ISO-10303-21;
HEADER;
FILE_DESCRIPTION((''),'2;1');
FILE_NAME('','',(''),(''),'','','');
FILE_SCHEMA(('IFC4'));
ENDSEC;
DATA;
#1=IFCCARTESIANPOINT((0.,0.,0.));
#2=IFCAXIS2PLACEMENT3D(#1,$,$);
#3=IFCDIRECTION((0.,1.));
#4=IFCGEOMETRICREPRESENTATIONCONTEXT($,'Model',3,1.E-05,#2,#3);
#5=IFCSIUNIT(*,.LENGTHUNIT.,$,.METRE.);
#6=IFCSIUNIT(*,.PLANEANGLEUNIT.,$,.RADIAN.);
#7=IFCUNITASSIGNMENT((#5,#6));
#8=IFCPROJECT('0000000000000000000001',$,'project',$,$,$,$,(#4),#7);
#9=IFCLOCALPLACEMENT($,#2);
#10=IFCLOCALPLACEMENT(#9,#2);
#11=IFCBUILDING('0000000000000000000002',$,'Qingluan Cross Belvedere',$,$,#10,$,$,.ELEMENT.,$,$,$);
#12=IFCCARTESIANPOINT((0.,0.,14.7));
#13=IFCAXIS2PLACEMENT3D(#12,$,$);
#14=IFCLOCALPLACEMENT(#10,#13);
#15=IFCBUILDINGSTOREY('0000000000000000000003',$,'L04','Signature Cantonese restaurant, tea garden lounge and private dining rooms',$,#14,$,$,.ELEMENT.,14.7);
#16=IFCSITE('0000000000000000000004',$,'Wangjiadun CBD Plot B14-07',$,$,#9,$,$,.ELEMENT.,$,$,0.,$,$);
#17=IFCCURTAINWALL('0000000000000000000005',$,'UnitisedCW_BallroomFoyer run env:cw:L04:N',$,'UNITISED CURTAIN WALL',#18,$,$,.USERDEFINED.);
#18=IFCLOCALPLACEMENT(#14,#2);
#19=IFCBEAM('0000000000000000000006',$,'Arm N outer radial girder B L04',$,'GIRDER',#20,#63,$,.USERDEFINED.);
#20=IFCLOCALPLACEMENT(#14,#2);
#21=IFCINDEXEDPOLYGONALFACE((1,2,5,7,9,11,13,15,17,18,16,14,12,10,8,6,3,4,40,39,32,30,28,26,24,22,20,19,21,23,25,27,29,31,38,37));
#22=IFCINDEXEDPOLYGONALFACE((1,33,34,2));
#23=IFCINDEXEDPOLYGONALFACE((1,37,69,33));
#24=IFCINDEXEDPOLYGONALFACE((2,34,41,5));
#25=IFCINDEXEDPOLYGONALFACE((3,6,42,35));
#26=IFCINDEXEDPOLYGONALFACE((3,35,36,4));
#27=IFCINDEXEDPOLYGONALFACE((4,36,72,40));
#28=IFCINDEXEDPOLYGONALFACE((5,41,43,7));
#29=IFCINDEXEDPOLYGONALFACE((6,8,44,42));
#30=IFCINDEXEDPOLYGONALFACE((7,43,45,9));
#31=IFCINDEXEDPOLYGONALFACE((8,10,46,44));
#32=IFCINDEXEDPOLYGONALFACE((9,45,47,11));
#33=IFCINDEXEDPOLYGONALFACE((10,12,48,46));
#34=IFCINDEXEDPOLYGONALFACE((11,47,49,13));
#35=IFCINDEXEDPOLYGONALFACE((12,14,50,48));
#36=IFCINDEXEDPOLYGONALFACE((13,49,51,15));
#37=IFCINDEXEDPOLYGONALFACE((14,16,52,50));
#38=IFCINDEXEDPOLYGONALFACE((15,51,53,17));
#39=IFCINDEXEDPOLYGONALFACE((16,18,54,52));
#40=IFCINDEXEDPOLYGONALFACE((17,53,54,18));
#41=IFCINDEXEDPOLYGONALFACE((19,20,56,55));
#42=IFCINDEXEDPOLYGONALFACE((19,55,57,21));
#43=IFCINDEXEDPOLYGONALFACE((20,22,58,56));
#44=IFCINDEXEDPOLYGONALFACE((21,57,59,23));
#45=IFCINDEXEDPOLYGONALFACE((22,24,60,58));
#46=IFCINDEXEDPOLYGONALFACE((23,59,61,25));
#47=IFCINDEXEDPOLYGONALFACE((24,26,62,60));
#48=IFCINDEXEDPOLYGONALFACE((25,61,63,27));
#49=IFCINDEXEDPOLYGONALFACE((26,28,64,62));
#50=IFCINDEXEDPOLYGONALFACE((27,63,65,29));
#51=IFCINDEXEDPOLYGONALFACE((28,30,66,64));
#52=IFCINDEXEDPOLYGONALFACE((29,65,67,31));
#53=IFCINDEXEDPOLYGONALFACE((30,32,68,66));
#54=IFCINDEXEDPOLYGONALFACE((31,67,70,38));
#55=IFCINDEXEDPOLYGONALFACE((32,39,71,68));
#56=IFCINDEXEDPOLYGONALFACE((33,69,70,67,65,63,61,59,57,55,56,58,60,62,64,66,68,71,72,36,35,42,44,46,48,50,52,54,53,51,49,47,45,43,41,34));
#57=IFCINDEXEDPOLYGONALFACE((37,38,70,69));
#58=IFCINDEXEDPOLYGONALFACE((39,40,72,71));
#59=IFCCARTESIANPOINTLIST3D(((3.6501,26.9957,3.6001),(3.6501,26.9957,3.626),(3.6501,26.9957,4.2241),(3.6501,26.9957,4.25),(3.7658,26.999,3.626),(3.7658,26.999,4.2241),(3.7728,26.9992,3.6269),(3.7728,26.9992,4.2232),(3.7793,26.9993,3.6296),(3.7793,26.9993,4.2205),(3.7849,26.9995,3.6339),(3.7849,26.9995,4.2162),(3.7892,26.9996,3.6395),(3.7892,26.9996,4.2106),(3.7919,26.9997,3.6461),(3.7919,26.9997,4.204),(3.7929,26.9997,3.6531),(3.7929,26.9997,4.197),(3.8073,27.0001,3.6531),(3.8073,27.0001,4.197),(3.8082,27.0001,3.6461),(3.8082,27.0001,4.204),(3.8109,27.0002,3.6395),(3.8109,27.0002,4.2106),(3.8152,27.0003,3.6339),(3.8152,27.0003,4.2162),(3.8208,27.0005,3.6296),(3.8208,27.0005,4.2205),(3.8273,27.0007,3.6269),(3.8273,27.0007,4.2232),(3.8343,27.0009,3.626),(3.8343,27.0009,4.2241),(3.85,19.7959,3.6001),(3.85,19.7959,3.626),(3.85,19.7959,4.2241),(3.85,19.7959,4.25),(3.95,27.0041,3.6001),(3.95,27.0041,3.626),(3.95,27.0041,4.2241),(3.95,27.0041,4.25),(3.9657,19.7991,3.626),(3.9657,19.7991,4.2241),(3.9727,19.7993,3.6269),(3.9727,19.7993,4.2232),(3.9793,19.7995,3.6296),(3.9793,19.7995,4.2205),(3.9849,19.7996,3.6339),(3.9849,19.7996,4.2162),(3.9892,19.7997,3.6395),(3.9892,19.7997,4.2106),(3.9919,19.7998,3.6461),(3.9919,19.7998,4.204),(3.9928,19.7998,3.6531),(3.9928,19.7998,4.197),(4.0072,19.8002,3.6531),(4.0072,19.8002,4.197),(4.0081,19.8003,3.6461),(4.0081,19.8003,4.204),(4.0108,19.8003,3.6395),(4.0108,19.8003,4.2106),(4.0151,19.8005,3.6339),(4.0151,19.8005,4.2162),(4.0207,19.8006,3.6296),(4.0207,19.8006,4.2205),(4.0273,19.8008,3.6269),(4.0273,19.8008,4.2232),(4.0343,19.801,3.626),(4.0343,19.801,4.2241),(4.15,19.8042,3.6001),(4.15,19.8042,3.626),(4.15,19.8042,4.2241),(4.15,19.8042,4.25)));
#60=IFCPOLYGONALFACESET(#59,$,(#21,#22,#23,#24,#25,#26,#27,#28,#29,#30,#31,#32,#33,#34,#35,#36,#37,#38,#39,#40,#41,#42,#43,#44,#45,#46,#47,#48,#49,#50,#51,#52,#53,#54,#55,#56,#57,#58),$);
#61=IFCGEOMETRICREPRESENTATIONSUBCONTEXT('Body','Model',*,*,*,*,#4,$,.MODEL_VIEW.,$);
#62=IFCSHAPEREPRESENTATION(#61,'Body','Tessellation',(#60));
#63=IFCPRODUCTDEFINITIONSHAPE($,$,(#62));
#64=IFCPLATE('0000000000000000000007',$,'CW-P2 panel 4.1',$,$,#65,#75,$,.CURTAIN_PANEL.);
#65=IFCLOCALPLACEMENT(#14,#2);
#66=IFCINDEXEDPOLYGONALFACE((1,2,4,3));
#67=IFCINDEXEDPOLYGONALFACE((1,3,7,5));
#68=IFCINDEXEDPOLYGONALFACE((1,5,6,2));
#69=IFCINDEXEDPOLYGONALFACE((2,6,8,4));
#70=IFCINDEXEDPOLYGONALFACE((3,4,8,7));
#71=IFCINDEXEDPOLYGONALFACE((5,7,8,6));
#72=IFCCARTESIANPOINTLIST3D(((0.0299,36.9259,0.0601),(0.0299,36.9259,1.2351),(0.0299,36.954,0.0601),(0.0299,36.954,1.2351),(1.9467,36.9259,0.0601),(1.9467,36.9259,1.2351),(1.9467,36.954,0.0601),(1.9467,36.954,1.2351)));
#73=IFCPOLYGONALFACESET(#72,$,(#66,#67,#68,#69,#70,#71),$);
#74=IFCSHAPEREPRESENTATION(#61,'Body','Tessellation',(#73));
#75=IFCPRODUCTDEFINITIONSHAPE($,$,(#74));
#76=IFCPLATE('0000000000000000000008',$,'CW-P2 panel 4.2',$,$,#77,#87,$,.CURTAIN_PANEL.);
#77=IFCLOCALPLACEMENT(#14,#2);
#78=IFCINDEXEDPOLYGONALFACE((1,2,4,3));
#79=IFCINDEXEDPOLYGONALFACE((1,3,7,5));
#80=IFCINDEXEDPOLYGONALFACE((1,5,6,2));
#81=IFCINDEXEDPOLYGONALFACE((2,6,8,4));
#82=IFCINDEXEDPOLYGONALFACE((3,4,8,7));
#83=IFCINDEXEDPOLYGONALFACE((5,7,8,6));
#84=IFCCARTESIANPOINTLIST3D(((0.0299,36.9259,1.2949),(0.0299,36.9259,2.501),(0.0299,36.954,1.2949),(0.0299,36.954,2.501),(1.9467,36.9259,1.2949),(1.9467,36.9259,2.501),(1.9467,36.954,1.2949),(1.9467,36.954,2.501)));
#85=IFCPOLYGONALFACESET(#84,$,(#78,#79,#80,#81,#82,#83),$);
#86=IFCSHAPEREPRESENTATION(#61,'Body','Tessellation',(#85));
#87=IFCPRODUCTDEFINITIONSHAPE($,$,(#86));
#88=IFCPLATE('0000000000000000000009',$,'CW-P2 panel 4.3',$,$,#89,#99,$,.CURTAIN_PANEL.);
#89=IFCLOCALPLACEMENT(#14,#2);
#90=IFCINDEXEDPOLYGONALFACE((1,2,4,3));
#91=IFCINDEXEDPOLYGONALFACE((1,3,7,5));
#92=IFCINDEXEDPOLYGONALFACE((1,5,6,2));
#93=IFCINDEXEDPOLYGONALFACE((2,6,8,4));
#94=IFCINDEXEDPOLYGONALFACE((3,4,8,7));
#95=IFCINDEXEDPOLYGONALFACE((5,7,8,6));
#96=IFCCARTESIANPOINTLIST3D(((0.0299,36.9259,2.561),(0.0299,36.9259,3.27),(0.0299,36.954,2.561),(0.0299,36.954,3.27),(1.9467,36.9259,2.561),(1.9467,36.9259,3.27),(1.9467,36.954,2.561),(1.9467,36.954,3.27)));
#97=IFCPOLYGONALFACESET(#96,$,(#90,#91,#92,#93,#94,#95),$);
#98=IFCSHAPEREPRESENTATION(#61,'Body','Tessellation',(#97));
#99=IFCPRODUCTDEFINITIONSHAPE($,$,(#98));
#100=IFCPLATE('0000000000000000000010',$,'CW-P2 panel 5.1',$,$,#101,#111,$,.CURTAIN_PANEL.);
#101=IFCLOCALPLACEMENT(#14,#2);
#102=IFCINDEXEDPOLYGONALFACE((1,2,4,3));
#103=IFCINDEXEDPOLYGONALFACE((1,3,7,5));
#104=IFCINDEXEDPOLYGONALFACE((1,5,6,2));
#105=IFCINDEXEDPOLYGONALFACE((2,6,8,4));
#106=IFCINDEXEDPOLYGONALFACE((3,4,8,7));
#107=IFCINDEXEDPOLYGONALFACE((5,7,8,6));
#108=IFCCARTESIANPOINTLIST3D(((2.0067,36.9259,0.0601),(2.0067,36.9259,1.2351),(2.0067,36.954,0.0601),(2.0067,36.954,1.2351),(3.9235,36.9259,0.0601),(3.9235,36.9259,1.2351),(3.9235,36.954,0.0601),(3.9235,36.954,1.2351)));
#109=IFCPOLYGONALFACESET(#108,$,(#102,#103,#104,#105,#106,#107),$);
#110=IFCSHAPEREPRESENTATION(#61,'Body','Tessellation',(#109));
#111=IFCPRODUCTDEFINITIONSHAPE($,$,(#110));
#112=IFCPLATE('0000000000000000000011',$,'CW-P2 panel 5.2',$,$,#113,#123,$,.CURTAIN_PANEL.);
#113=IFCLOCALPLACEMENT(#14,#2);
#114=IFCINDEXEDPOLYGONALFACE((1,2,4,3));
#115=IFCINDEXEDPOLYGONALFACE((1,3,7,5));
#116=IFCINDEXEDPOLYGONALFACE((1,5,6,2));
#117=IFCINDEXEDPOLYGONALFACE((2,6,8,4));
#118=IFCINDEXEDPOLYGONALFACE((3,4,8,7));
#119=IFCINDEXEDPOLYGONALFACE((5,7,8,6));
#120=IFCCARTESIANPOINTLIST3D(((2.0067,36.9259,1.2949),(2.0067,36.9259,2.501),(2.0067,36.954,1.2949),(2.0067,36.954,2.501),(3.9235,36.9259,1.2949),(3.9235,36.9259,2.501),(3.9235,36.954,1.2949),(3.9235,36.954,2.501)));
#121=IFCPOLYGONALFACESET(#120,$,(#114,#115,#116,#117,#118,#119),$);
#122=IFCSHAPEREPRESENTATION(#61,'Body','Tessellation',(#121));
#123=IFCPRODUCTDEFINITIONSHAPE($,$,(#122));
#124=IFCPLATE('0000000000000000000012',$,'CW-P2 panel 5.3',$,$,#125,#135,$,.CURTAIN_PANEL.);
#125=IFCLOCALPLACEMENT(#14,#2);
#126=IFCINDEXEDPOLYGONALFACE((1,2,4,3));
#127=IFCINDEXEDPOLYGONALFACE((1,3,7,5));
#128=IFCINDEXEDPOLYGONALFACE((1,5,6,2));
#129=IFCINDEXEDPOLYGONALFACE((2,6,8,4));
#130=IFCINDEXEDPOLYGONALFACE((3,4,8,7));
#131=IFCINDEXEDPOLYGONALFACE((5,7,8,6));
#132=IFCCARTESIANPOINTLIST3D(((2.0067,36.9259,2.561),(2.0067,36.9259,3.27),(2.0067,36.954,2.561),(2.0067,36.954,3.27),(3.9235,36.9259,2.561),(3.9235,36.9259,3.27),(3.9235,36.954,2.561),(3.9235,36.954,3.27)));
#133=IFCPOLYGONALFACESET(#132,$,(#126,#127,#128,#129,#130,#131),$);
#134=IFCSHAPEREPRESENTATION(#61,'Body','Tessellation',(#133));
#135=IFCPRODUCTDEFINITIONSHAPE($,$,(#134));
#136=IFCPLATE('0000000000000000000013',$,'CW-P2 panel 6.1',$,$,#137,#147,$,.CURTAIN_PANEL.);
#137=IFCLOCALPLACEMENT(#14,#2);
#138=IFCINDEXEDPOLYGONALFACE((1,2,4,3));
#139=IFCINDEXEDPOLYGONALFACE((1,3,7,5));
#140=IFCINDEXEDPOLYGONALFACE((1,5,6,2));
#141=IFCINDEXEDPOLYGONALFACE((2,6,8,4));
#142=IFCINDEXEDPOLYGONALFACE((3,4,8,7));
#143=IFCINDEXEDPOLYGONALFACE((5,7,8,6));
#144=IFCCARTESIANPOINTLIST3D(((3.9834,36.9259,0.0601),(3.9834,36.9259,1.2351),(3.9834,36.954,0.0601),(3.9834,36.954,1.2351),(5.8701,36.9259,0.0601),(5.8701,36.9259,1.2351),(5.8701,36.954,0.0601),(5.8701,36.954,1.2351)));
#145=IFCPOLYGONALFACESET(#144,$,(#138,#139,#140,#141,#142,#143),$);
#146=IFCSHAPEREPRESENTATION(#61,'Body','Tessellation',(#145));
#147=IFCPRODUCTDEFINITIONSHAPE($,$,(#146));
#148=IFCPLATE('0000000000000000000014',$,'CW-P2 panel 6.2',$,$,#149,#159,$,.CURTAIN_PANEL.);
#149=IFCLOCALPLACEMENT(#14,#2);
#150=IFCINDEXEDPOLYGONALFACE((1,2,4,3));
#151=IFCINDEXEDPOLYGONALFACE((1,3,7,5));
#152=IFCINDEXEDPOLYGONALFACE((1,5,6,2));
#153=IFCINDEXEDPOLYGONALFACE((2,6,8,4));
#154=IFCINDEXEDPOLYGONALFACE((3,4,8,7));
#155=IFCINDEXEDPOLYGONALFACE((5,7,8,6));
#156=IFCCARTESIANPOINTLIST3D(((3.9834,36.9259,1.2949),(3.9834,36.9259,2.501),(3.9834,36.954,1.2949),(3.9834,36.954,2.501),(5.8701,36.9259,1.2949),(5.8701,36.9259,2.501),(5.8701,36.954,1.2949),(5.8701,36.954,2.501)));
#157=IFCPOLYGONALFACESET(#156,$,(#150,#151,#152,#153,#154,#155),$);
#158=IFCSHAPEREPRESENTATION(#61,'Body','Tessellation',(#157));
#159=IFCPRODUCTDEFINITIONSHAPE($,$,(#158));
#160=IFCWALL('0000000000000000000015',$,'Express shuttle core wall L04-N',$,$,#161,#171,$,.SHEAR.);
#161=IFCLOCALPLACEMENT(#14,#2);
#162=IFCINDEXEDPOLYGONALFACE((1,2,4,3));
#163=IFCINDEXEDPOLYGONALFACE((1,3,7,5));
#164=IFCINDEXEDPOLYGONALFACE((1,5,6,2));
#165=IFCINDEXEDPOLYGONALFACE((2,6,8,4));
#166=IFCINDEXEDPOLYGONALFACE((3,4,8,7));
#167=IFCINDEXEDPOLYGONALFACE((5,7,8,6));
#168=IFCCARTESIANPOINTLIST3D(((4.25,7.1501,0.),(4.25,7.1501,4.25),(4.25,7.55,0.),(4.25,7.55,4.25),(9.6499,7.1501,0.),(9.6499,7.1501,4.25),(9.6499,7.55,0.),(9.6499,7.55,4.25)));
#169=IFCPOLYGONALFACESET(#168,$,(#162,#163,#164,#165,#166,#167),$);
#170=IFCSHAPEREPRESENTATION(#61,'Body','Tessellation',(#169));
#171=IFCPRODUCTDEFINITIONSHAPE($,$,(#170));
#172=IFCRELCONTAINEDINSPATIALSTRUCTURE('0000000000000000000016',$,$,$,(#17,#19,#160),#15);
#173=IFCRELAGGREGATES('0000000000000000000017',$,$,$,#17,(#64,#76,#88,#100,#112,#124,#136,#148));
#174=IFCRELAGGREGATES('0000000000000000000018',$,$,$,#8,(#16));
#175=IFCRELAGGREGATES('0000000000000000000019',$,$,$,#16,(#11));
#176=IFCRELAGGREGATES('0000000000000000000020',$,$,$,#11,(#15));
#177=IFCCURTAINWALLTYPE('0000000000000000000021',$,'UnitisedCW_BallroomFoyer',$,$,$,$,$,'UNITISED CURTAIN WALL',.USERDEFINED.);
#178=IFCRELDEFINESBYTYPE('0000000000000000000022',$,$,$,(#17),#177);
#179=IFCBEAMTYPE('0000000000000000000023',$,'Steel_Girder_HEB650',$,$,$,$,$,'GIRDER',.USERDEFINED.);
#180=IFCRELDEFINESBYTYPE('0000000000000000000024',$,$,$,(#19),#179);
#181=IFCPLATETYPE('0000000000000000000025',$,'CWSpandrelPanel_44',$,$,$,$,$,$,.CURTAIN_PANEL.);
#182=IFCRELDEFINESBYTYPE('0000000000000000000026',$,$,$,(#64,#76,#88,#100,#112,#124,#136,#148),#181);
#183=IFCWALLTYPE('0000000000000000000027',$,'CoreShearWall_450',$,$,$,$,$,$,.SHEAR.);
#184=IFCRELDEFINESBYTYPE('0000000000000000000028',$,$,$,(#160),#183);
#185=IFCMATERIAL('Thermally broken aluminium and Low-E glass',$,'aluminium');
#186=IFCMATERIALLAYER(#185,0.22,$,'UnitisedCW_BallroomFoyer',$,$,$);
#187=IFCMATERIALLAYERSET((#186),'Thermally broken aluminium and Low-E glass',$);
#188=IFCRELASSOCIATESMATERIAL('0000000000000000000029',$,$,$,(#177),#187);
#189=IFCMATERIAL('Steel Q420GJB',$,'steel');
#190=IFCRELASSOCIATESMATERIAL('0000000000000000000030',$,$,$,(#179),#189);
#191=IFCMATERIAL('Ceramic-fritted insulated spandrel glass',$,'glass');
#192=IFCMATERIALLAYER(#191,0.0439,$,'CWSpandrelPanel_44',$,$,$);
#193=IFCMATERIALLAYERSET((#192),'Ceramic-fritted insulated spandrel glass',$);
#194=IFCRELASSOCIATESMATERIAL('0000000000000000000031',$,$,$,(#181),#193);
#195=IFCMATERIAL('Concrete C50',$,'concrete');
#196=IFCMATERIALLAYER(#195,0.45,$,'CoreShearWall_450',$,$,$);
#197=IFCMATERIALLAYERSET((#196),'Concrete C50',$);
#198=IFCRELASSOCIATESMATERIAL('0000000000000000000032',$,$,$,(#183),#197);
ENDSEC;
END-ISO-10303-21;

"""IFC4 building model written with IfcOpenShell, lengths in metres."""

from ifc_helpers import new_model, si_unit, direction, frame, frame_2d, origin, origin_2d, place, context, subcontext, project, spatial, rectangle, i_section, extrude, material, layer, layer_set, material_profile, profile_set, type_object, element, aggregate, save


model = new_model("IFC4")

# Units and contexts
model_context = context("Model", 3, precision=1e-05, world=origin(), true_north=direction((0.0, 1.0)))
body_context = subcontext(model_context, "Body", "Model", "MODEL_VIEW")
ifc_project = project(units=[si_unit("LENGTHUNIT", "METRE"), si_unit("PLANEANGLEUNIT", "RADIAN")], contexts=[model_context])

# Site, building, storey
site_placement = place(None, origin())
site = spatial("IfcSite", under=ifc_project, at=site_placement, Name="Wangjiadun CBD Plot B14-07", CompositionType="ELEMENT", RefElevation=0.0)
building_placement = place(site_placement, origin())
building = spatial("IfcBuilding", under=site, at=building_placement, Name="Qingluan Cross Belvedere", CompositionType="ELEMENT")
storey_placement = place(building_placement, frame((0.0, 0.0, 14.7)))
storey = spatial("IfcBuildingStorey", under=building, at=storey_placement, Name="L04", Description="Signature Cantonese restaurant, tea garden lounge and private dining rooms", CompositionType="ELEMENT", Elevation=14.7)

# Curtain wall
ifc_material_1 = material(Name="Thermally broken aluminium and Low-E glass", Category="aluminium")
ifc_layer_1 = layer(ifc_material_1, 0.22, Name="UnitisedCW_BallroomFoyer")
ifc_layer_set_1 = layer_set([ifc_layer_1], Name="Thermally broken aluminium and Low-E glass")
curtain_wall_type = type_object("IfcCurtainWallType", Name="UnitisedCW_BallroomFoyer", ElementType="UNITISED CURTAIN WALL", PredefinedType="USERDEFINED", material=ifc_layer_set_1)
curtain_wall_placement = place(storey_placement, origin())
curtain_wall = element("IfcCurtainWall", 1, at=curtain_wall_placement, inside=storey, type_object=curtain_wall_type, Name="UnitisedCW_BallroomFoyer run env:cw:L04:N", ObjectType="UNITISED CURTAIN WALL", PredefinedType="USERDEFINED")

# Beam
ifc_material_2 = material(Name="Steel Q420GJB", Category="steel")
ifc_material_profile_1 = material_profile(ifc_material_2, i_section(OverallWidth=0.3, OverallDepth=0.6499, WebThickness=0.0144, FlangeThickness=0.0259, FilletRadius=0.0271, at=origin_2d()), Name="HEB650")
ifc_profile_set_1 = profile_set([ifc_material_profile_1], Name="Steel Q420GJB")
beam_type = type_object("IfcBeamType", Name="Steel_Girder_HEB650", ElementType="GIRDER", PredefinedType="USERDEFINED", material=ifc_profile_set_1)
beam_1_placement = place(storey_placement, frame((4.0, 19.8, 3.925), z_axis=(-0.02776, 0.999615, 0.0), x_axis=(-0.999615, -0.02776, 0.0)))
element("IfcBeam", 2, at=beam_1_placement, inside=storey, type_object=beam_type, Name="Arm N outer radial girder B L04", ObjectType="GIRDER", PredefinedType="USERDEFINED", context=body_context, shape_type="SweptSolid", body=[
    extrude(i_section(OverallWidth=0.3, OverallDepth=0.6499, WebThickness=0.0144, FlangeThickness=0.0259, FilletRadius=0.0271, at=origin_2d()), origin(), (0.0, 0.0, 1.0), 7.2026),
])

# Plates
ifc_material_3 = material(Name="Ceramic-fritted insulated spandrel glass", Category="glass")
ifc_layer_2 = layer(ifc_material_3, 0.0439, Name="CWSpandrelPanel_44")
ifc_layer_set_2 = layer_set([ifc_layer_2], Name="Ceramic-fritted insulated spandrel glass")
plate_type = type_object("IfcPlateType", Name="CWSpandrelPanel_44", PredefinedType="CURTAIN_PANEL", material=ifc_layer_set_2)
plate_1_placement = place(storey_placement, frame((0.9883, 36.9399, 0.0601), z_axis=(0.0, 0.0, 1.0), x_axis=(1.0, 0.0, 0.0)))
plate_1 = element("IfcPlate", 3, at=plate_1_placement, type_object=plate_type, Name="CW-P2 panel 4.1", PredefinedType="CURTAIN_PANEL", context=body_context, shape_type="SweptSolid", body=[
    extrude(rectangle(XDim=1.9167, YDim=0.0281, at=origin_2d()), origin(), (0.0, 0.0, 1.0), 1.175),
])
plate_2_placement = place(storey_placement, frame((0.9883, 36.9399, 1.2949), z_axis=(0.0, 0.0, 1.0), x_axis=(1.0, 0.0, 0.0)))
plate_2 = element("IfcPlate", 4, at=plate_2_placement, type_object=plate_type, Name="CW-P2 panel 4.2", PredefinedType="CURTAIN_PANEL", context=body_context, shape_type="SweptSolid", body=[
    extrude(rectangle(XDim=1.9167, YDim=0.0281, at=origin_2d()), origin(), (0.0, 0.0, 1.0), 1.2061),
])
plate_3_placement = place(storey_placement, frame((0.9883, 36.9399, 2.561), z_axis=(0.0, 0.0, 1.0), x_axis=(1.0, 0.0, 0.0)))
plate_3 = element("IfcPlate", 5, at=plate_3_placement, type_object=plate_type, Name="CW-P2 panel 4.3", PredefinedType="CURTAIN_PANEL", context=body_context, shape_type="SweptSolid", body=[
    extrude(rectangle(XDim=1.9167, YDim=0.0281, at=origin_2d()), origin(), (0.0, 0.0, 1.0), 0.709),
])
plate_4_placement = place(storey_placement, frame((2.9651, 36.9399, 0.0601), z_axis=(0.0, 0.0, 1.0), x_axis=(1.0, 0.0, 0.0)))
plate_4 = element("IfcPlate", 6, at=plate_4_placement, type_object=plate_type, Name="CW-P2 panel 5.1", PredefinedType="CURTAIN_PANEL", context=body_context, shape_type="SweptSolid", body=[
    extrude(rectangle(XDim=1.9167, YDim=0.0281, at=origin_2d()), origin(), (0.0, 0.0, 1.0), 1.175),
])
plate_5_placement = place(storey_placement, frame((2.9651, 36.9399, 1.2949), z_axis=(0.0, 0.0, 1.0), x_axis=(1.0, 0.0, 0.0)))
plate_5 = element("IfcPlate", 7, at=plate_5_placement, type_object=plate_type, Name="CW-P2 panel 5.2", PredefinedType="CURTAIN_PANEL", context=body_context, shape_type="SweptSolid", body=[
    extrude(rectangle(XDim=1.9167, YDim=0.0281, at=origin_2d()), origin(), (0.0, 0.0, 1.0), 1.2061),
])
plate_6_placement = place(storey_placement, frame((2.9651, 36.9399, 2.561), z_axis=(0.0, 0.0, 1.0), x_axis=(1.0, 0.0, 0.0)))
plate_6 = element("IfcPlate", 8, at=plate_6_placement, type_object=plate_type, Name="CW-P2 panel 5.3", PredefinedType="CURTAIN_PANEL", context=body_context, shape_type="SweptSolid", body=[
    extrude(rectangle(XDim=1.9167, YDim=0.0281, at=origin_2d()), origin(), (0.0, 0.0, 1.0), 0.709),
])
plate_7_placement = place(storey_placement, frame((4.9268, 36.9399, 0.0601), z_axis=(0.0, 0.0, 1.0), x_axis=(1.0, 0.0, 0.0)))
plate_7 = element("IfcPlate", 9, at=plate_7_placement, type_object=plate_type, Name="CW-P2 panel 6.1", PredefinedType="CURTAIN_PANEL", context=body_context, shape_type="SweptSolid", body=[
    extrude(rectangle(XDim=1.8867, YDim=0.0281, at=origin_2d()), origin(), (0.0, 0.0, 1.0), 1.175),
])
plate_8_placement = place(storey_placement, frame((4.9268, 36.9399, 1.2949), z_axis=(0.0, 0.0, 1.0), x_axis=(1.0, 0.0, 0.0)))
plate_8 = element("IfcPlate", 10, at=plate_8_placement, type_object=plate_type, Name="CW-P2 panel 6.2", PredefinedType="CURTAIN_PANEL", context=body_context, shape_type="SweptSolid", body=[
    extrude(rectangle(XDim=1.8867, YDim=0.0281, at=origin_2d()), origin(), (0.0, 0.0, 1.0), 1.2061),
])
aggregate(curtain_wall, [plate_1, plate_2, plate_3, plate_4, plate_5, plate_6, plate_7, plate_8])

# Wall
ifc_material_4 = material(Name="Concrete C50", Category="concrete")
ifc_layer_3 = layer(ifc_material_4, 0.45, Name="CoreShearWall_450")
ifc_layer_set_3 = layer_set([ifc_layer_3], Name="Concrete C50")
wall_type = type_object("IfcWallType", Name="CoreShearWall_450", PredefinedType="SHEAR", material=ifc_layer_set_3)
wall_placement = place(storey_placement, frame((4.25, 7.3501, 0.0), z_axis=(0.0, 0.0, 1.0), x_axis=(1.0, 0.0, 0.0)))
element("IfcWall", 11, at=wall_placement, inside=storey, type_object=wall_type, Name="Express shuttle core wall L04-N", PredefinedType="SHEAR", context=body_context, shape_type="SweptSolid", body=[
    extrude(rectangle(XDim=5.3999, YDim=0.3999, at=frame_2d((2.7, 0.0))), origin(), (0.0, 0.0, 1.0), 4.25),
])

save(model, "model.ifc")
